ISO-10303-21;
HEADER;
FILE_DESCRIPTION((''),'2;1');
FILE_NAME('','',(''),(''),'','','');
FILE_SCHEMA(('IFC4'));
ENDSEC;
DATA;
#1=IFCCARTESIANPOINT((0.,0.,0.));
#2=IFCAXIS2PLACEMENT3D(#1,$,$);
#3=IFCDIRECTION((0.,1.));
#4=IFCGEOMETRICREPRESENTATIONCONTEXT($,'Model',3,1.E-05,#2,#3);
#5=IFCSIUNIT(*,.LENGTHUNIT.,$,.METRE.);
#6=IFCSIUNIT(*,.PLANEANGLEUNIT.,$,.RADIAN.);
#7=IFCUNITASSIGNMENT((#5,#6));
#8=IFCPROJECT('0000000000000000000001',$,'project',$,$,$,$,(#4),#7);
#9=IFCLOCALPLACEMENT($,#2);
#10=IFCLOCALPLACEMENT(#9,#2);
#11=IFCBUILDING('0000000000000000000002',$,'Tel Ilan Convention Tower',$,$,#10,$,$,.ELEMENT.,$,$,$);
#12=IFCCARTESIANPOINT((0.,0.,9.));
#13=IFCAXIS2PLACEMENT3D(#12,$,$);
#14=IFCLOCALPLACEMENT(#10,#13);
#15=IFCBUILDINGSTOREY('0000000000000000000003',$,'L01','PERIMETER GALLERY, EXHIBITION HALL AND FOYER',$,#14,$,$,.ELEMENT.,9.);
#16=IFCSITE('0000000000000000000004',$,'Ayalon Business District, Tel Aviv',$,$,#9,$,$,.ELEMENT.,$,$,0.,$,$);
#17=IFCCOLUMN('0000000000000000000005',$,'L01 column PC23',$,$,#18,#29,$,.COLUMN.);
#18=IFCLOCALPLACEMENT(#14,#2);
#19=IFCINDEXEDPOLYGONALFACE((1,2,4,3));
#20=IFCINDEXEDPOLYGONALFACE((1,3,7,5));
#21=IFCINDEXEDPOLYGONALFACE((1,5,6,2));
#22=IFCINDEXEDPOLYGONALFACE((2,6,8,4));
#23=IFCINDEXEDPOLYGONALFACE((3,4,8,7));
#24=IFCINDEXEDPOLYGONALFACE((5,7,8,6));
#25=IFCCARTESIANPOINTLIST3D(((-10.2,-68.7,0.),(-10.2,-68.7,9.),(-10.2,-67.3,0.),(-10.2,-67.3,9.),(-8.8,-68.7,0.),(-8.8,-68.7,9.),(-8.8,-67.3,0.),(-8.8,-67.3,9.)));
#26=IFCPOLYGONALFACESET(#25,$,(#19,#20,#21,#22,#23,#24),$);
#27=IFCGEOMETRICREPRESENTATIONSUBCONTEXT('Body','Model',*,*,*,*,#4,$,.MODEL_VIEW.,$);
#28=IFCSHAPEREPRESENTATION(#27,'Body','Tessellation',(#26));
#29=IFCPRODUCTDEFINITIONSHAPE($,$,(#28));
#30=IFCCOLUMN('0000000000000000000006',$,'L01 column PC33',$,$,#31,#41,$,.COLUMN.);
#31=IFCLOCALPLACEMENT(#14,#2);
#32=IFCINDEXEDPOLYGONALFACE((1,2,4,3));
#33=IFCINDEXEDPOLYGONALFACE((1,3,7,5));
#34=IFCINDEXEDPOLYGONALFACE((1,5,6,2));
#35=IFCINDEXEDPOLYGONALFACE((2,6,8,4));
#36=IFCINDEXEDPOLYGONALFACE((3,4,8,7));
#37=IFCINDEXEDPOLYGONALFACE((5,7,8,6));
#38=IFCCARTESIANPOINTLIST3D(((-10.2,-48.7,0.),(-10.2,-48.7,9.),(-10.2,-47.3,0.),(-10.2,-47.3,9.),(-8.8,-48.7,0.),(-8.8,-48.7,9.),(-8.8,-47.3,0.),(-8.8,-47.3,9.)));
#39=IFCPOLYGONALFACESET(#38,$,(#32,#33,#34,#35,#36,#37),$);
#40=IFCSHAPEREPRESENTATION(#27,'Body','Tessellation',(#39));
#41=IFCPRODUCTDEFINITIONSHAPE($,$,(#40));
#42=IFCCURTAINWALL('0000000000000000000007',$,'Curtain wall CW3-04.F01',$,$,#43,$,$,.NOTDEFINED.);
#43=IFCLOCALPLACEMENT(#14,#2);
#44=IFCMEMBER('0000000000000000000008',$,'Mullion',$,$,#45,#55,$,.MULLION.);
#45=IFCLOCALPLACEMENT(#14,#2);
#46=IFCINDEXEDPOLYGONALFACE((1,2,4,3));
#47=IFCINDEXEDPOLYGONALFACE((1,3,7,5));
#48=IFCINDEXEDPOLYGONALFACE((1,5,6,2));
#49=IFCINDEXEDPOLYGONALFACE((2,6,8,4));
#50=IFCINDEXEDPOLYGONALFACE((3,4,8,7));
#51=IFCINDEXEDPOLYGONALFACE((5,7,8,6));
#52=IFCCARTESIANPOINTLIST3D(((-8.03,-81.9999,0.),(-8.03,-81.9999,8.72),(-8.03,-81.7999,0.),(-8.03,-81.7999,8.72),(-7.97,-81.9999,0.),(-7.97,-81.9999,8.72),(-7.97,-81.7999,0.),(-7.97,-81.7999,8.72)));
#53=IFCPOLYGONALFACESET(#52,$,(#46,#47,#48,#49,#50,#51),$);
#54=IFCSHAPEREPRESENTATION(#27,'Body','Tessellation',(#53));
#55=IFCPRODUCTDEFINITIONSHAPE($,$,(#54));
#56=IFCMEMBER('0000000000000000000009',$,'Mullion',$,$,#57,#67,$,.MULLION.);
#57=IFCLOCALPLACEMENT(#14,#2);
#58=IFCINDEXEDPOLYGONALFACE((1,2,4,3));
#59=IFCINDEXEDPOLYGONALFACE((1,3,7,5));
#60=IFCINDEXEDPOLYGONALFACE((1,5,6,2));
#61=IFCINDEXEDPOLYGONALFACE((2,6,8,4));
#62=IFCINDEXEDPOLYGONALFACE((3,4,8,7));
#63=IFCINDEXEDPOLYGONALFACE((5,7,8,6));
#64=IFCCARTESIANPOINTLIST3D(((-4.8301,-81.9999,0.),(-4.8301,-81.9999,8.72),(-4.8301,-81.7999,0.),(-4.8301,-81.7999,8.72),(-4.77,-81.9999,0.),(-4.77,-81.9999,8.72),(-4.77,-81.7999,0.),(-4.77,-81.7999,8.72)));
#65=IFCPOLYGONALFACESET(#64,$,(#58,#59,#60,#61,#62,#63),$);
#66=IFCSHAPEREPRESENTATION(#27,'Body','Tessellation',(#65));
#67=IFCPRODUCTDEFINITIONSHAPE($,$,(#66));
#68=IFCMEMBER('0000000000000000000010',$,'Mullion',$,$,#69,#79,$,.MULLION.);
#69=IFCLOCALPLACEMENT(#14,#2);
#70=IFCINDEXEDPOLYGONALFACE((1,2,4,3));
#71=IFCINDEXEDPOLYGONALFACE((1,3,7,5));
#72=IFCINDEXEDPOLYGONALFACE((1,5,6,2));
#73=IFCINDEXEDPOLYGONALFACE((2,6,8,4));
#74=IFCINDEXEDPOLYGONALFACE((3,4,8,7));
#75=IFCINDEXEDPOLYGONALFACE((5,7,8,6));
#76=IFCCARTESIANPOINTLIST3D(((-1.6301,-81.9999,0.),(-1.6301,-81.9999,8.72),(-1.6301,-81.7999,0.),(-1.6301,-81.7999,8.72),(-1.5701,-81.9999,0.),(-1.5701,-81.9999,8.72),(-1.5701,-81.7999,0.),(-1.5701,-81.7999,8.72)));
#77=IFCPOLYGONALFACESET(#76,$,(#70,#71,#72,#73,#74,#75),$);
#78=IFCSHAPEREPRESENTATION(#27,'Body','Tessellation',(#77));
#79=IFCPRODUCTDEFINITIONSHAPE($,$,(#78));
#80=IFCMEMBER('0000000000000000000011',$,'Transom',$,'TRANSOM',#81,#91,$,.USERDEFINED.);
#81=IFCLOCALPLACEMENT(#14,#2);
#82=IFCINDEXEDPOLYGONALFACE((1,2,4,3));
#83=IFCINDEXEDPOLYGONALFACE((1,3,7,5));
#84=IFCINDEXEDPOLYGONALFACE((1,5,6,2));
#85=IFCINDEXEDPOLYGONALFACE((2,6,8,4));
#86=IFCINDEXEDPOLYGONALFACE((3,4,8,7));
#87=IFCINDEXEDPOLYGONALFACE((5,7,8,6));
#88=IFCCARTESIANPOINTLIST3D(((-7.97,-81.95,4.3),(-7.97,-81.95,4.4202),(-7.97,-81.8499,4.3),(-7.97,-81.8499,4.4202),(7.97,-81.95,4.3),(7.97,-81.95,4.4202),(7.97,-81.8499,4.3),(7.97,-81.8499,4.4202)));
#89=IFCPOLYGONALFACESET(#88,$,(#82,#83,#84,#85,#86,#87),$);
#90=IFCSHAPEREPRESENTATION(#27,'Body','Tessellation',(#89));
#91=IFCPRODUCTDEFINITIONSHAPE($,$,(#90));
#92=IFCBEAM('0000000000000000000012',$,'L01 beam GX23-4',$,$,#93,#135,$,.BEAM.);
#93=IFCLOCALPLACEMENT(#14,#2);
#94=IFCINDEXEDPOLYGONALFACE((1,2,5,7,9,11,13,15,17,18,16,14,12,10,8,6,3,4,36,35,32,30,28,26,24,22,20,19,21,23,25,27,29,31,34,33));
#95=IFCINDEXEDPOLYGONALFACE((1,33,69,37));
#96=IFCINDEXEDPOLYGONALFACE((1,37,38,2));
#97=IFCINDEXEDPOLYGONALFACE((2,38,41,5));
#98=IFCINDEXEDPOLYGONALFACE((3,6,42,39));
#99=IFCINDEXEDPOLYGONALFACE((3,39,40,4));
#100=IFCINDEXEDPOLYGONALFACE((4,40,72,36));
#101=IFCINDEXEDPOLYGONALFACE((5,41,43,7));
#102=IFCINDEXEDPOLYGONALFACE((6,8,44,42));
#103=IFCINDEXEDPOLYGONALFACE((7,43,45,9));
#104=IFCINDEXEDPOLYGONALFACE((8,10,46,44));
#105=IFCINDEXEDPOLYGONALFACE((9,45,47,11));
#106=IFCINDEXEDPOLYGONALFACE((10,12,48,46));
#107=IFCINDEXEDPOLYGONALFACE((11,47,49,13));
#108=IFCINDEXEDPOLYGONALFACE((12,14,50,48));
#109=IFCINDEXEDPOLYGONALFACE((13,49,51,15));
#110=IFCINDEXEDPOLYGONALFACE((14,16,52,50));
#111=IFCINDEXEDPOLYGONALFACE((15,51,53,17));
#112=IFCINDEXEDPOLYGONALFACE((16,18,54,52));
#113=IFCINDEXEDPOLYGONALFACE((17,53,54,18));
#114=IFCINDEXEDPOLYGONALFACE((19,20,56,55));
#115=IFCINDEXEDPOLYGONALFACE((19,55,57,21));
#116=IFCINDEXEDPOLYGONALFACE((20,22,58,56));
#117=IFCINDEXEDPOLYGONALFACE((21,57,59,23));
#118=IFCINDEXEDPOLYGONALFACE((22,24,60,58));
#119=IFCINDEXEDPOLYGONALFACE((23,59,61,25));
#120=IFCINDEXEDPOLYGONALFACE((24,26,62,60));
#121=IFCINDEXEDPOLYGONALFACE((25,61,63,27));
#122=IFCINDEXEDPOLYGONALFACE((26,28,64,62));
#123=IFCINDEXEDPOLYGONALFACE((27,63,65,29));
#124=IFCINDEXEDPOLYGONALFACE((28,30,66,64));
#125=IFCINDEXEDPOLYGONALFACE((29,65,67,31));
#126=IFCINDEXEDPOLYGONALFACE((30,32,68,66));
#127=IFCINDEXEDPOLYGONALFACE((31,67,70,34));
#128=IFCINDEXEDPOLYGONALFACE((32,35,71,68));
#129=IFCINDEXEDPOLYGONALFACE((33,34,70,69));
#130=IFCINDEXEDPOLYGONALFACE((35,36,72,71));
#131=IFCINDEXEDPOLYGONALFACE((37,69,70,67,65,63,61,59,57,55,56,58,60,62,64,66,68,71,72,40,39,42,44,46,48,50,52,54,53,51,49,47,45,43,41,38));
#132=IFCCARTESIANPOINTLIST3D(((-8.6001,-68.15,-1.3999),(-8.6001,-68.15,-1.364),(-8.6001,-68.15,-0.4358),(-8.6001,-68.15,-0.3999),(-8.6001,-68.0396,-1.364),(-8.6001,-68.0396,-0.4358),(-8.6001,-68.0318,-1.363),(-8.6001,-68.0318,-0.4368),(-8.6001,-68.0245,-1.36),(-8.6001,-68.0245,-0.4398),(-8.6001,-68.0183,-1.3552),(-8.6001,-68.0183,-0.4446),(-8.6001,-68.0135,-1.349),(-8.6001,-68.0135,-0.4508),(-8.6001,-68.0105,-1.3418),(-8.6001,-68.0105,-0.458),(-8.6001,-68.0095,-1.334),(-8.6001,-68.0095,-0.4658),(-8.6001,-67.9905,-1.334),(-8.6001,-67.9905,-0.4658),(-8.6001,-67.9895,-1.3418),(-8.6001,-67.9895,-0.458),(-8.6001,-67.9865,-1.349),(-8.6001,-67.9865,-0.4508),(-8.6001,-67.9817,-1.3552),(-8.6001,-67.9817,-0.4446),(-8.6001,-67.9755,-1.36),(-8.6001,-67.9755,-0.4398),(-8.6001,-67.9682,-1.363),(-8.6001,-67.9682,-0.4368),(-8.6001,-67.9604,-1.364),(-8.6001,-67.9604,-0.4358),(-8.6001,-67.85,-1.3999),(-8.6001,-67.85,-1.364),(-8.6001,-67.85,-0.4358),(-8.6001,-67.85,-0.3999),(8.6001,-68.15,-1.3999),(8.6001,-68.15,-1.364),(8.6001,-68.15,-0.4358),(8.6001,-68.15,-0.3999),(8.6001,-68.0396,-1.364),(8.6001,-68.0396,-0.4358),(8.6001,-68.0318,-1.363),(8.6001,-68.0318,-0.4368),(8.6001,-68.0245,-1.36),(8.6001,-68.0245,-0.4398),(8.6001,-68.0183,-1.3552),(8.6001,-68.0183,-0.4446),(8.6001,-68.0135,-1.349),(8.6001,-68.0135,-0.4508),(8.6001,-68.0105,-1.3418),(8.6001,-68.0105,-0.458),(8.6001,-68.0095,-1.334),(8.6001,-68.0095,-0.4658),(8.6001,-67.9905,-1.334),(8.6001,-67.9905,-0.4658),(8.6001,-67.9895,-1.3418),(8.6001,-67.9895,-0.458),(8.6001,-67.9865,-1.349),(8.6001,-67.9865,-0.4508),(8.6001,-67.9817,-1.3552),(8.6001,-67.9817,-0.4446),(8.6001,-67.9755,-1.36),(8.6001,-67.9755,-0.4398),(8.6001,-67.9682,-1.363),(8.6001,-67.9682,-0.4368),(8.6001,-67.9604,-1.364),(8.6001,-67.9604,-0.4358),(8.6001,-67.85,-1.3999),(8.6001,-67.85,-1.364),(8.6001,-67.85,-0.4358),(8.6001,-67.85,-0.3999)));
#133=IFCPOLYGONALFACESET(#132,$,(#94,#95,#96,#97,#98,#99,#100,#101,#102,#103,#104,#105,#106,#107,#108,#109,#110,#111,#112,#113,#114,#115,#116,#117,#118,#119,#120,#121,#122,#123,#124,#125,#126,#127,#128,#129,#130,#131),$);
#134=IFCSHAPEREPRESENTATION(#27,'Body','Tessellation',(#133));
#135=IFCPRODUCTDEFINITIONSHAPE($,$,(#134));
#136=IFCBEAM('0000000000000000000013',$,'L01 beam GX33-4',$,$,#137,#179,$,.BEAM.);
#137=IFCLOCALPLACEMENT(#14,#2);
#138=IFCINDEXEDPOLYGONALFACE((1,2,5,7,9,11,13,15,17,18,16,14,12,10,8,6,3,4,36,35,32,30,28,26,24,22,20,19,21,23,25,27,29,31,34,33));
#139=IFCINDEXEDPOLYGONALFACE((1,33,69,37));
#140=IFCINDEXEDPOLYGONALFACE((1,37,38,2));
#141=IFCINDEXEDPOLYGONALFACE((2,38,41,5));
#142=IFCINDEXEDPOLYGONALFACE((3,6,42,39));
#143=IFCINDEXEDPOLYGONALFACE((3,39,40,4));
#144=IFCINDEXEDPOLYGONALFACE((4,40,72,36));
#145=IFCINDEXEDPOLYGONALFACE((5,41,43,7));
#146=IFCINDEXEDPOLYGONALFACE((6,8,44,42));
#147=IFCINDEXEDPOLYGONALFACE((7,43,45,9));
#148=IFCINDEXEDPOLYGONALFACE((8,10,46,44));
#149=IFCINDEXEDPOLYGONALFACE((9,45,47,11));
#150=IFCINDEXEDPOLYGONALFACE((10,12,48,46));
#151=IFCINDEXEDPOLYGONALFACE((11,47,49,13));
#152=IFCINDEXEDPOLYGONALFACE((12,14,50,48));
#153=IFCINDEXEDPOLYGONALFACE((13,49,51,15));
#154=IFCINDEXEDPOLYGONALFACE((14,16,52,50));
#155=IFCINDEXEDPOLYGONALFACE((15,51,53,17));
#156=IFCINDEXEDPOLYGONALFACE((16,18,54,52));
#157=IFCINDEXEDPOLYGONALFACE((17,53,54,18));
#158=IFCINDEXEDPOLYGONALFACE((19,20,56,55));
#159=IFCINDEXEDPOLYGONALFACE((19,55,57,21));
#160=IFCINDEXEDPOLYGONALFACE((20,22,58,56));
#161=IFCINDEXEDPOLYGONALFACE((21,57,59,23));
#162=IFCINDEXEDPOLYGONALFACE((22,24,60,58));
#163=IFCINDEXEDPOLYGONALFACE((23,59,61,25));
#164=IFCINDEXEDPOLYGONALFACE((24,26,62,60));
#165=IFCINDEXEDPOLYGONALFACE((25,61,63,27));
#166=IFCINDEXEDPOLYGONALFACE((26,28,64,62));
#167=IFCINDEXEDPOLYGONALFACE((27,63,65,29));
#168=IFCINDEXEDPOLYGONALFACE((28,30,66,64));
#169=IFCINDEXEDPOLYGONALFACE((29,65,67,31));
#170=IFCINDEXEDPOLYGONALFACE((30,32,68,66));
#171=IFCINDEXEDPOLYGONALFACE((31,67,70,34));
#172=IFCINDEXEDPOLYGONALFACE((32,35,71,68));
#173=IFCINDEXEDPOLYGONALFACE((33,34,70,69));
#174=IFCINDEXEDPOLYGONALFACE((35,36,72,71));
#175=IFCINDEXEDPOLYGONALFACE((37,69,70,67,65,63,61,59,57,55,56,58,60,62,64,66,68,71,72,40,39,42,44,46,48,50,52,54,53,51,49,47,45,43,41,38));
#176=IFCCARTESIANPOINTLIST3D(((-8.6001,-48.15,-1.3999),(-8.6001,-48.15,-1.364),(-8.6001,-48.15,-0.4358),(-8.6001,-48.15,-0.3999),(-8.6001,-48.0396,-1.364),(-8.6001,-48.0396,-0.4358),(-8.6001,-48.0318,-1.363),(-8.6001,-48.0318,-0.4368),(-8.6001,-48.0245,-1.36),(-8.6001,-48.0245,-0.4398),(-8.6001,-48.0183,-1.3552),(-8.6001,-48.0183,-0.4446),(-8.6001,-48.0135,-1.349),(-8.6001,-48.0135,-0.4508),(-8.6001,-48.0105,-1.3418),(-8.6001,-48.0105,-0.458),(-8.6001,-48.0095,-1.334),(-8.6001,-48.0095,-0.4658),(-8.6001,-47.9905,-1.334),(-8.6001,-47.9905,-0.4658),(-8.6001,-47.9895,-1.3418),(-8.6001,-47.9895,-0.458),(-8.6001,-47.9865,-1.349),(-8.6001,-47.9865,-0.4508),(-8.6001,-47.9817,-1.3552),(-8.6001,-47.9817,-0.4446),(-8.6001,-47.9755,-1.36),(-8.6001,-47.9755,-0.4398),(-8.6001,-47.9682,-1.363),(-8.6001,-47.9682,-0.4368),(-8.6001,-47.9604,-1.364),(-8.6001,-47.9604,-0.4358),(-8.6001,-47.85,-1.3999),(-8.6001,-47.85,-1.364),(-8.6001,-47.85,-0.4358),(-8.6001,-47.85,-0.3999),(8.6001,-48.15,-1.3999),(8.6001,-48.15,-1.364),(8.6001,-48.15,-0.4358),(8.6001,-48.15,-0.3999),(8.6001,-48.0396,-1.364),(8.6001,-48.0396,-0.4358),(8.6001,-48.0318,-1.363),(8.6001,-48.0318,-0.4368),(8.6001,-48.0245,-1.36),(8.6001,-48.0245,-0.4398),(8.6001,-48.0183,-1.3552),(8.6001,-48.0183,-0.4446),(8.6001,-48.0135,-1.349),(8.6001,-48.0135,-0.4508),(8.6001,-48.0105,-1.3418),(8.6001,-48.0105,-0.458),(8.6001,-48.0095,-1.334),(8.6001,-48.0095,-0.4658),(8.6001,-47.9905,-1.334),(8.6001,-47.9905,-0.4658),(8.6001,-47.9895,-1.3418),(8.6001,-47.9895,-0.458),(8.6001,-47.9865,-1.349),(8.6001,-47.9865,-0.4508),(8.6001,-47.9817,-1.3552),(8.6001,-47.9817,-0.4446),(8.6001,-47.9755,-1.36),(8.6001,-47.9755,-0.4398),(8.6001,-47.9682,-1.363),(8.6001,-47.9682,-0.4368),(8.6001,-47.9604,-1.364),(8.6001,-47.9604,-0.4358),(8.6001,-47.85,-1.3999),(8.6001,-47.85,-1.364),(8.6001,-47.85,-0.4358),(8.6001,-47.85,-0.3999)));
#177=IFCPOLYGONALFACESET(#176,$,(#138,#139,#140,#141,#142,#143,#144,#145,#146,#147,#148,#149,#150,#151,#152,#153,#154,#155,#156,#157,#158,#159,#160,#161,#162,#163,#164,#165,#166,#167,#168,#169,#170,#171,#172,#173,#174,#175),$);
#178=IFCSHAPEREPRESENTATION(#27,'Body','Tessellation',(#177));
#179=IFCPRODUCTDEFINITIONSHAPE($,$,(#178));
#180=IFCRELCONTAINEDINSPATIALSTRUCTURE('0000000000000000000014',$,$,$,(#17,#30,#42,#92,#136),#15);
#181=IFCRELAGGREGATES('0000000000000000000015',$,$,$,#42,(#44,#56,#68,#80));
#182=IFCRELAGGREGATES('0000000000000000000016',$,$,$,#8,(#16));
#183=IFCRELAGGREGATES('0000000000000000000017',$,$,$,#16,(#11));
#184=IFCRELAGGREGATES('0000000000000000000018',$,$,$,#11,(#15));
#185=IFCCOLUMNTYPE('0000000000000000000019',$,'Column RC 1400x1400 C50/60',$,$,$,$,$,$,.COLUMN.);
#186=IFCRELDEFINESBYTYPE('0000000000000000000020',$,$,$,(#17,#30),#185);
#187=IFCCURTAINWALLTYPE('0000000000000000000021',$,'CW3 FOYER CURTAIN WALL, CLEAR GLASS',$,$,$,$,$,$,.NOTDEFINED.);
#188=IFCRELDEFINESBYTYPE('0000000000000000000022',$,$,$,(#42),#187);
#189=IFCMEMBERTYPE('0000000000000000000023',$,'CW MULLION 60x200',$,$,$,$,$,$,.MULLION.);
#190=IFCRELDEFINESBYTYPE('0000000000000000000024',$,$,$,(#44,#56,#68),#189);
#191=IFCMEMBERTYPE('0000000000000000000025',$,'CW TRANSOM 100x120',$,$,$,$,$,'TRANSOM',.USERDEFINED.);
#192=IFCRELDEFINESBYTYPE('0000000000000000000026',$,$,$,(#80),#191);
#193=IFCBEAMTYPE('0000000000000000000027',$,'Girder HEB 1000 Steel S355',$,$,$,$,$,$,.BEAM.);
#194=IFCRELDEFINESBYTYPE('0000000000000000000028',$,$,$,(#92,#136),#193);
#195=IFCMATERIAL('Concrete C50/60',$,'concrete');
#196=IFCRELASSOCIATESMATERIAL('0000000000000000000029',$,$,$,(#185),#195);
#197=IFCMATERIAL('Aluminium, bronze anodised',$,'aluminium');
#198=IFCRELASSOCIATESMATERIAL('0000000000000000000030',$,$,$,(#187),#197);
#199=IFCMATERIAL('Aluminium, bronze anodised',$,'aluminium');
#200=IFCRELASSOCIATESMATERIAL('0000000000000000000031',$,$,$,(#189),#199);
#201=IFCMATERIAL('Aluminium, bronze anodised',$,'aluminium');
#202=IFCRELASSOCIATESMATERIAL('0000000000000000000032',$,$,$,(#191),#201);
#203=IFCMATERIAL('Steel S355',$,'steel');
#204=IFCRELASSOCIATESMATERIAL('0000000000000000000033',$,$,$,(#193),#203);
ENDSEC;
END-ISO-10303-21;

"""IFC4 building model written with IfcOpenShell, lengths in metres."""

from ifc_helpers import new_model, si_unit, direction, frame, origin, origin_2d, place, context, subcontext, project, spatial, rectangle, i_section, extrude, material, material_profile, profile_set, type_object, element, aggregate, save


model = new_model("IFC4")

# Units and contexts
model_context = context("Model", 3, precision=1e-05, world=origin(), true_north=direction((0.0, 1.0)))
body_context = subcontext(model_context, "Body", "Model", "MODEL_VIEW")
ifc_project = project(units=[si_unit("LENGTHUNIT", "METRE"), si_unit("PLANEANGLEUNIT", "RADIAN")], contexts=[model_context])

# Site, building, storey
site_placement = place(None, origin())
site = spatial("IfcSite", under=ifc_project, at=site_placement, Name="Ayalon Business District, Tel Aviv", CompositionType="ELEMENT", RefElevation=0.0)
building_placement = place(site_placement, origin())
building = spatial("IfcBuilding", under=site, at=building_placement, Name="Tel Ilan Convention Tower", CompositionType="ELEMENT")
storey_placement = place(building_placement, frame((0.0, 0.0, 9.0)))
storey = spatial("IfcBuildingStorey", under=building, at=storey_placement, Name="L01", Description="PERIMETER GALLERY, EXHIBITION HALL AND FOYER", CompositionType="ELEMENT", Elevation=9.0)

# Columns
ifc_material_1 = material(Name="Concrete C50/60", Category="concrete")
ifc_material_profile_1 = material_profile(ifc_material_1, rectangle(XDim=1.3999, YDim=1.3999, at=origin_2d()), Name="RC 1400x1400")
ifc_profile_set_1 = profile_set([ifc_material_profile_1], Name="Concrete C50/60")
column_type = type_object("IfcColumnType", Name="Column RC 1400x1400 C50/60", PredefinedType="COLUMN", material=ifc_profile_set_1)
for number, where, z_axis, x_axis, name in (
    (1, (-9.5, -68.0, 0.0), (0.0, 0.0, 1.0), (1.0, 0.0, 0.0), "L01 column PC23"),
    (2, (-9.5, -48.0, 0.0), (0.0, 0.0, 1.0), (1.0, 0.0, 0.0), "L01 column PC33"),
):
    element("IfcColumn", number, at=place(storey_placement, frame(where, z_axis=z_axis, x_axis=x_axis)), inside=storey, type_object=column_type, Name=name, PredefinedType="COLUMN", context=body_context, shape_type="SweptSolid", body=[
        extrude(rectangle(XDim=1.3999, YDim=1.3999, at=origin_2d()), origin(), (0.0, 0.0, 1.0), 9.0),
    ])

# Curtain wall, members
ifc_material_2 = material(Name="Aluminium, bronze anodised", Category="aluminium")
curtain_wall_type = type_object("IfcCurtainWallType", Name="CW3 FOYER CURTAIN WALL, CLEAR GLASS", PredefinedType="NOTDEFINED", material=ifc_material_2)
curtain_wall_placement = place(storey_placement, origin())
curtain_wall = element("IfcCurtainWall", 3, at=curtain_wall_placement, inside=storey, type_object=curtain_wall_type, Name="Curtain wall CW3-04.F01", PredefinedType="NOTDEFINED")
ifc_material_3 = material(Name="Aluminium, bronze anodised", Category="aluminium")
ifc_material_profile_2 = material_profile(ifc_material_3, rectangle(XDim=0.0601, YDim=0.2, at=origin_2d()), Name="CW MULLION 60x200")
ifc_profile_set_2 = profile_set([ifc_material_profile_2], Name="Aluminium, bronze anodised")
member_type_1 = type_object("IfcMemberType", Name="CW MULLION 60x200", PredefinedType="MULLION", material=ifc_profile_set_2)
member_1_placement = place(storey_placement, frame((-8.0, -81.8999, 0.0), z_axis=(0.0, 0.0, 1.0), x_axis=(1.0, 0.0, 0.0)))
member_1 = element("IfcMember", 4, at=member_1_placement, type_object=member_type_1, Name="Mullion", PredefinedType="MULLION", context=body_context, shape_type="SweptSolid", body=[
    extrude(rectangle(XDim=0.0601, YDim=0.2, at=origin_2d()), origin(), (0.0, 0.0, 1.0), 8.72),
])
member_2_placement = place(storey_placement, frame((-4.8, -81.8999, 0.0), z_axis=(0.0, 0.0, 1.0), x_axis=(1.0, 0.0, 0.0)))
member_2 = element("IfcMember", 5, at=member_2_placement, type_object=member_type_1, Name="Mullion", PredefinedType="MULLION", context=body_context, shape_type="SweptSolid", body=[
    extrude(rectangle(XDim=0.0601, YDim=0.2, at=origin_2d()), origin(), (0.0, 0.0, 1.0), 8.72),
])
member_3_placement = place(storey_placement, frame((-1.6001, -81.8999, 0.0), z_axis=(0.0, 0.0, 1.0), x_axis=(1.0, 0.0, 0.0)))
member_3 = element("IfcMember", 6, at=member_3_placement, type_object=member_type_1, Name="Mullion", PredefinedType="MULLION", context=body_context, shape_type="SweptSolid", body=[
    extrude(rectangle(XDim=0.0601, YDim=0.2, at=origin_2d()), origin(), (0.0, 0.0, 1.0), 8.72),
])
ifc_material_4 = material(Name="Aluminium, bronze anodised", Category="aluminium")
ifc_material_profile_3 = material_profile(ifc_material_4, rectangle(XDim=0.1001, YDim=0.1201, at=origin_2d()), Name="CW TRANSOM 100x120")
ifc_profile_set_3 = profile_set([ifc_material_profile_3], Name="Aluminium, bronze anodised")
member_type_2 = type_object("IfcMemberType", Name="CW TRANSOM 100x120", ElementType="TRANSOM", PredefinedType="USERDEFINED", material=ifc_profile_set_3)
member_4_placement = place(storey_placement, frame((-7.97, -81.8999, 4.3601), z_axis=(1.0, 0.0, 0.0), x_axis=(0.0, 1.0, 0.0)))
member_4 = element("IfcMember", 7, at=member_4_placement, type_object=member_type_2, Name="Transom", ObjectType="TRANSOM", PredefinedType="USERDEFINED", context=body_context, shape_type="SweptSolid", body=[
    extrude(rectangle(XDim=0.1001, YDim=0.1201, at=origin_2d()), origin(), (0.0, 0.0, 1.0), 15.9399),
])

# Beams
ifc_material_5 = material(Name="Steel S355", Category="steel")
ifc_material_profile_4 = material_profile(ifc_material_5, i_section(OverallWidth=0.3, OverallDepth=1.0, WebThickness=0.019, FlangeThickness=0.0359, FilletRadius=0.03, at=origin_2d()), Name="HEB 1000")
ifc_profile_set_4 = profile_set([ifc_material_profile_4], Name="Steel S355")
beam_type_1 = type_object("IfcBeamType", Name="Girder HEB 1000 Steel S355", PredefinedType="BEAM", material=ifc_profile_set_4)
for number, where, z_axis, x_axis, name in (
    (8, (-8.6001, -68.0, -0.8999), (1.0, 0.0, 0.0), (0.0, 1.0, 0.0), "L01 beam GX23-4"),
    (9, (-8.6001, -48.0, -0.8999), (1.0, 0.0, 0.0), (0.0, 1.0, 0.0), "L01 beam GX33-4"),
):
    element("IfcBeam", number, at=place(storey_placement, frame(where, z_axis=z_axis, x_axis=x_axis)), inside=storey, type_object=beam_type_1, Name=name, PredefinedType="BEAM", context=body_context, shape_type="SweptSolid", body=[
        extrude(i_section(OverallWidth=0.3, OverallDepth=1.0, WebThickness=0.019, FlangeThickness=0.0359, FilletRadius=0.03, at=origin_2d()), origin(), (0.0, 0.0, 1.0), 17.2002),
    ])

aggregate(curtain_wall, [member_1, member_2, member_3, member_4])

save(model, "model.ifc")
